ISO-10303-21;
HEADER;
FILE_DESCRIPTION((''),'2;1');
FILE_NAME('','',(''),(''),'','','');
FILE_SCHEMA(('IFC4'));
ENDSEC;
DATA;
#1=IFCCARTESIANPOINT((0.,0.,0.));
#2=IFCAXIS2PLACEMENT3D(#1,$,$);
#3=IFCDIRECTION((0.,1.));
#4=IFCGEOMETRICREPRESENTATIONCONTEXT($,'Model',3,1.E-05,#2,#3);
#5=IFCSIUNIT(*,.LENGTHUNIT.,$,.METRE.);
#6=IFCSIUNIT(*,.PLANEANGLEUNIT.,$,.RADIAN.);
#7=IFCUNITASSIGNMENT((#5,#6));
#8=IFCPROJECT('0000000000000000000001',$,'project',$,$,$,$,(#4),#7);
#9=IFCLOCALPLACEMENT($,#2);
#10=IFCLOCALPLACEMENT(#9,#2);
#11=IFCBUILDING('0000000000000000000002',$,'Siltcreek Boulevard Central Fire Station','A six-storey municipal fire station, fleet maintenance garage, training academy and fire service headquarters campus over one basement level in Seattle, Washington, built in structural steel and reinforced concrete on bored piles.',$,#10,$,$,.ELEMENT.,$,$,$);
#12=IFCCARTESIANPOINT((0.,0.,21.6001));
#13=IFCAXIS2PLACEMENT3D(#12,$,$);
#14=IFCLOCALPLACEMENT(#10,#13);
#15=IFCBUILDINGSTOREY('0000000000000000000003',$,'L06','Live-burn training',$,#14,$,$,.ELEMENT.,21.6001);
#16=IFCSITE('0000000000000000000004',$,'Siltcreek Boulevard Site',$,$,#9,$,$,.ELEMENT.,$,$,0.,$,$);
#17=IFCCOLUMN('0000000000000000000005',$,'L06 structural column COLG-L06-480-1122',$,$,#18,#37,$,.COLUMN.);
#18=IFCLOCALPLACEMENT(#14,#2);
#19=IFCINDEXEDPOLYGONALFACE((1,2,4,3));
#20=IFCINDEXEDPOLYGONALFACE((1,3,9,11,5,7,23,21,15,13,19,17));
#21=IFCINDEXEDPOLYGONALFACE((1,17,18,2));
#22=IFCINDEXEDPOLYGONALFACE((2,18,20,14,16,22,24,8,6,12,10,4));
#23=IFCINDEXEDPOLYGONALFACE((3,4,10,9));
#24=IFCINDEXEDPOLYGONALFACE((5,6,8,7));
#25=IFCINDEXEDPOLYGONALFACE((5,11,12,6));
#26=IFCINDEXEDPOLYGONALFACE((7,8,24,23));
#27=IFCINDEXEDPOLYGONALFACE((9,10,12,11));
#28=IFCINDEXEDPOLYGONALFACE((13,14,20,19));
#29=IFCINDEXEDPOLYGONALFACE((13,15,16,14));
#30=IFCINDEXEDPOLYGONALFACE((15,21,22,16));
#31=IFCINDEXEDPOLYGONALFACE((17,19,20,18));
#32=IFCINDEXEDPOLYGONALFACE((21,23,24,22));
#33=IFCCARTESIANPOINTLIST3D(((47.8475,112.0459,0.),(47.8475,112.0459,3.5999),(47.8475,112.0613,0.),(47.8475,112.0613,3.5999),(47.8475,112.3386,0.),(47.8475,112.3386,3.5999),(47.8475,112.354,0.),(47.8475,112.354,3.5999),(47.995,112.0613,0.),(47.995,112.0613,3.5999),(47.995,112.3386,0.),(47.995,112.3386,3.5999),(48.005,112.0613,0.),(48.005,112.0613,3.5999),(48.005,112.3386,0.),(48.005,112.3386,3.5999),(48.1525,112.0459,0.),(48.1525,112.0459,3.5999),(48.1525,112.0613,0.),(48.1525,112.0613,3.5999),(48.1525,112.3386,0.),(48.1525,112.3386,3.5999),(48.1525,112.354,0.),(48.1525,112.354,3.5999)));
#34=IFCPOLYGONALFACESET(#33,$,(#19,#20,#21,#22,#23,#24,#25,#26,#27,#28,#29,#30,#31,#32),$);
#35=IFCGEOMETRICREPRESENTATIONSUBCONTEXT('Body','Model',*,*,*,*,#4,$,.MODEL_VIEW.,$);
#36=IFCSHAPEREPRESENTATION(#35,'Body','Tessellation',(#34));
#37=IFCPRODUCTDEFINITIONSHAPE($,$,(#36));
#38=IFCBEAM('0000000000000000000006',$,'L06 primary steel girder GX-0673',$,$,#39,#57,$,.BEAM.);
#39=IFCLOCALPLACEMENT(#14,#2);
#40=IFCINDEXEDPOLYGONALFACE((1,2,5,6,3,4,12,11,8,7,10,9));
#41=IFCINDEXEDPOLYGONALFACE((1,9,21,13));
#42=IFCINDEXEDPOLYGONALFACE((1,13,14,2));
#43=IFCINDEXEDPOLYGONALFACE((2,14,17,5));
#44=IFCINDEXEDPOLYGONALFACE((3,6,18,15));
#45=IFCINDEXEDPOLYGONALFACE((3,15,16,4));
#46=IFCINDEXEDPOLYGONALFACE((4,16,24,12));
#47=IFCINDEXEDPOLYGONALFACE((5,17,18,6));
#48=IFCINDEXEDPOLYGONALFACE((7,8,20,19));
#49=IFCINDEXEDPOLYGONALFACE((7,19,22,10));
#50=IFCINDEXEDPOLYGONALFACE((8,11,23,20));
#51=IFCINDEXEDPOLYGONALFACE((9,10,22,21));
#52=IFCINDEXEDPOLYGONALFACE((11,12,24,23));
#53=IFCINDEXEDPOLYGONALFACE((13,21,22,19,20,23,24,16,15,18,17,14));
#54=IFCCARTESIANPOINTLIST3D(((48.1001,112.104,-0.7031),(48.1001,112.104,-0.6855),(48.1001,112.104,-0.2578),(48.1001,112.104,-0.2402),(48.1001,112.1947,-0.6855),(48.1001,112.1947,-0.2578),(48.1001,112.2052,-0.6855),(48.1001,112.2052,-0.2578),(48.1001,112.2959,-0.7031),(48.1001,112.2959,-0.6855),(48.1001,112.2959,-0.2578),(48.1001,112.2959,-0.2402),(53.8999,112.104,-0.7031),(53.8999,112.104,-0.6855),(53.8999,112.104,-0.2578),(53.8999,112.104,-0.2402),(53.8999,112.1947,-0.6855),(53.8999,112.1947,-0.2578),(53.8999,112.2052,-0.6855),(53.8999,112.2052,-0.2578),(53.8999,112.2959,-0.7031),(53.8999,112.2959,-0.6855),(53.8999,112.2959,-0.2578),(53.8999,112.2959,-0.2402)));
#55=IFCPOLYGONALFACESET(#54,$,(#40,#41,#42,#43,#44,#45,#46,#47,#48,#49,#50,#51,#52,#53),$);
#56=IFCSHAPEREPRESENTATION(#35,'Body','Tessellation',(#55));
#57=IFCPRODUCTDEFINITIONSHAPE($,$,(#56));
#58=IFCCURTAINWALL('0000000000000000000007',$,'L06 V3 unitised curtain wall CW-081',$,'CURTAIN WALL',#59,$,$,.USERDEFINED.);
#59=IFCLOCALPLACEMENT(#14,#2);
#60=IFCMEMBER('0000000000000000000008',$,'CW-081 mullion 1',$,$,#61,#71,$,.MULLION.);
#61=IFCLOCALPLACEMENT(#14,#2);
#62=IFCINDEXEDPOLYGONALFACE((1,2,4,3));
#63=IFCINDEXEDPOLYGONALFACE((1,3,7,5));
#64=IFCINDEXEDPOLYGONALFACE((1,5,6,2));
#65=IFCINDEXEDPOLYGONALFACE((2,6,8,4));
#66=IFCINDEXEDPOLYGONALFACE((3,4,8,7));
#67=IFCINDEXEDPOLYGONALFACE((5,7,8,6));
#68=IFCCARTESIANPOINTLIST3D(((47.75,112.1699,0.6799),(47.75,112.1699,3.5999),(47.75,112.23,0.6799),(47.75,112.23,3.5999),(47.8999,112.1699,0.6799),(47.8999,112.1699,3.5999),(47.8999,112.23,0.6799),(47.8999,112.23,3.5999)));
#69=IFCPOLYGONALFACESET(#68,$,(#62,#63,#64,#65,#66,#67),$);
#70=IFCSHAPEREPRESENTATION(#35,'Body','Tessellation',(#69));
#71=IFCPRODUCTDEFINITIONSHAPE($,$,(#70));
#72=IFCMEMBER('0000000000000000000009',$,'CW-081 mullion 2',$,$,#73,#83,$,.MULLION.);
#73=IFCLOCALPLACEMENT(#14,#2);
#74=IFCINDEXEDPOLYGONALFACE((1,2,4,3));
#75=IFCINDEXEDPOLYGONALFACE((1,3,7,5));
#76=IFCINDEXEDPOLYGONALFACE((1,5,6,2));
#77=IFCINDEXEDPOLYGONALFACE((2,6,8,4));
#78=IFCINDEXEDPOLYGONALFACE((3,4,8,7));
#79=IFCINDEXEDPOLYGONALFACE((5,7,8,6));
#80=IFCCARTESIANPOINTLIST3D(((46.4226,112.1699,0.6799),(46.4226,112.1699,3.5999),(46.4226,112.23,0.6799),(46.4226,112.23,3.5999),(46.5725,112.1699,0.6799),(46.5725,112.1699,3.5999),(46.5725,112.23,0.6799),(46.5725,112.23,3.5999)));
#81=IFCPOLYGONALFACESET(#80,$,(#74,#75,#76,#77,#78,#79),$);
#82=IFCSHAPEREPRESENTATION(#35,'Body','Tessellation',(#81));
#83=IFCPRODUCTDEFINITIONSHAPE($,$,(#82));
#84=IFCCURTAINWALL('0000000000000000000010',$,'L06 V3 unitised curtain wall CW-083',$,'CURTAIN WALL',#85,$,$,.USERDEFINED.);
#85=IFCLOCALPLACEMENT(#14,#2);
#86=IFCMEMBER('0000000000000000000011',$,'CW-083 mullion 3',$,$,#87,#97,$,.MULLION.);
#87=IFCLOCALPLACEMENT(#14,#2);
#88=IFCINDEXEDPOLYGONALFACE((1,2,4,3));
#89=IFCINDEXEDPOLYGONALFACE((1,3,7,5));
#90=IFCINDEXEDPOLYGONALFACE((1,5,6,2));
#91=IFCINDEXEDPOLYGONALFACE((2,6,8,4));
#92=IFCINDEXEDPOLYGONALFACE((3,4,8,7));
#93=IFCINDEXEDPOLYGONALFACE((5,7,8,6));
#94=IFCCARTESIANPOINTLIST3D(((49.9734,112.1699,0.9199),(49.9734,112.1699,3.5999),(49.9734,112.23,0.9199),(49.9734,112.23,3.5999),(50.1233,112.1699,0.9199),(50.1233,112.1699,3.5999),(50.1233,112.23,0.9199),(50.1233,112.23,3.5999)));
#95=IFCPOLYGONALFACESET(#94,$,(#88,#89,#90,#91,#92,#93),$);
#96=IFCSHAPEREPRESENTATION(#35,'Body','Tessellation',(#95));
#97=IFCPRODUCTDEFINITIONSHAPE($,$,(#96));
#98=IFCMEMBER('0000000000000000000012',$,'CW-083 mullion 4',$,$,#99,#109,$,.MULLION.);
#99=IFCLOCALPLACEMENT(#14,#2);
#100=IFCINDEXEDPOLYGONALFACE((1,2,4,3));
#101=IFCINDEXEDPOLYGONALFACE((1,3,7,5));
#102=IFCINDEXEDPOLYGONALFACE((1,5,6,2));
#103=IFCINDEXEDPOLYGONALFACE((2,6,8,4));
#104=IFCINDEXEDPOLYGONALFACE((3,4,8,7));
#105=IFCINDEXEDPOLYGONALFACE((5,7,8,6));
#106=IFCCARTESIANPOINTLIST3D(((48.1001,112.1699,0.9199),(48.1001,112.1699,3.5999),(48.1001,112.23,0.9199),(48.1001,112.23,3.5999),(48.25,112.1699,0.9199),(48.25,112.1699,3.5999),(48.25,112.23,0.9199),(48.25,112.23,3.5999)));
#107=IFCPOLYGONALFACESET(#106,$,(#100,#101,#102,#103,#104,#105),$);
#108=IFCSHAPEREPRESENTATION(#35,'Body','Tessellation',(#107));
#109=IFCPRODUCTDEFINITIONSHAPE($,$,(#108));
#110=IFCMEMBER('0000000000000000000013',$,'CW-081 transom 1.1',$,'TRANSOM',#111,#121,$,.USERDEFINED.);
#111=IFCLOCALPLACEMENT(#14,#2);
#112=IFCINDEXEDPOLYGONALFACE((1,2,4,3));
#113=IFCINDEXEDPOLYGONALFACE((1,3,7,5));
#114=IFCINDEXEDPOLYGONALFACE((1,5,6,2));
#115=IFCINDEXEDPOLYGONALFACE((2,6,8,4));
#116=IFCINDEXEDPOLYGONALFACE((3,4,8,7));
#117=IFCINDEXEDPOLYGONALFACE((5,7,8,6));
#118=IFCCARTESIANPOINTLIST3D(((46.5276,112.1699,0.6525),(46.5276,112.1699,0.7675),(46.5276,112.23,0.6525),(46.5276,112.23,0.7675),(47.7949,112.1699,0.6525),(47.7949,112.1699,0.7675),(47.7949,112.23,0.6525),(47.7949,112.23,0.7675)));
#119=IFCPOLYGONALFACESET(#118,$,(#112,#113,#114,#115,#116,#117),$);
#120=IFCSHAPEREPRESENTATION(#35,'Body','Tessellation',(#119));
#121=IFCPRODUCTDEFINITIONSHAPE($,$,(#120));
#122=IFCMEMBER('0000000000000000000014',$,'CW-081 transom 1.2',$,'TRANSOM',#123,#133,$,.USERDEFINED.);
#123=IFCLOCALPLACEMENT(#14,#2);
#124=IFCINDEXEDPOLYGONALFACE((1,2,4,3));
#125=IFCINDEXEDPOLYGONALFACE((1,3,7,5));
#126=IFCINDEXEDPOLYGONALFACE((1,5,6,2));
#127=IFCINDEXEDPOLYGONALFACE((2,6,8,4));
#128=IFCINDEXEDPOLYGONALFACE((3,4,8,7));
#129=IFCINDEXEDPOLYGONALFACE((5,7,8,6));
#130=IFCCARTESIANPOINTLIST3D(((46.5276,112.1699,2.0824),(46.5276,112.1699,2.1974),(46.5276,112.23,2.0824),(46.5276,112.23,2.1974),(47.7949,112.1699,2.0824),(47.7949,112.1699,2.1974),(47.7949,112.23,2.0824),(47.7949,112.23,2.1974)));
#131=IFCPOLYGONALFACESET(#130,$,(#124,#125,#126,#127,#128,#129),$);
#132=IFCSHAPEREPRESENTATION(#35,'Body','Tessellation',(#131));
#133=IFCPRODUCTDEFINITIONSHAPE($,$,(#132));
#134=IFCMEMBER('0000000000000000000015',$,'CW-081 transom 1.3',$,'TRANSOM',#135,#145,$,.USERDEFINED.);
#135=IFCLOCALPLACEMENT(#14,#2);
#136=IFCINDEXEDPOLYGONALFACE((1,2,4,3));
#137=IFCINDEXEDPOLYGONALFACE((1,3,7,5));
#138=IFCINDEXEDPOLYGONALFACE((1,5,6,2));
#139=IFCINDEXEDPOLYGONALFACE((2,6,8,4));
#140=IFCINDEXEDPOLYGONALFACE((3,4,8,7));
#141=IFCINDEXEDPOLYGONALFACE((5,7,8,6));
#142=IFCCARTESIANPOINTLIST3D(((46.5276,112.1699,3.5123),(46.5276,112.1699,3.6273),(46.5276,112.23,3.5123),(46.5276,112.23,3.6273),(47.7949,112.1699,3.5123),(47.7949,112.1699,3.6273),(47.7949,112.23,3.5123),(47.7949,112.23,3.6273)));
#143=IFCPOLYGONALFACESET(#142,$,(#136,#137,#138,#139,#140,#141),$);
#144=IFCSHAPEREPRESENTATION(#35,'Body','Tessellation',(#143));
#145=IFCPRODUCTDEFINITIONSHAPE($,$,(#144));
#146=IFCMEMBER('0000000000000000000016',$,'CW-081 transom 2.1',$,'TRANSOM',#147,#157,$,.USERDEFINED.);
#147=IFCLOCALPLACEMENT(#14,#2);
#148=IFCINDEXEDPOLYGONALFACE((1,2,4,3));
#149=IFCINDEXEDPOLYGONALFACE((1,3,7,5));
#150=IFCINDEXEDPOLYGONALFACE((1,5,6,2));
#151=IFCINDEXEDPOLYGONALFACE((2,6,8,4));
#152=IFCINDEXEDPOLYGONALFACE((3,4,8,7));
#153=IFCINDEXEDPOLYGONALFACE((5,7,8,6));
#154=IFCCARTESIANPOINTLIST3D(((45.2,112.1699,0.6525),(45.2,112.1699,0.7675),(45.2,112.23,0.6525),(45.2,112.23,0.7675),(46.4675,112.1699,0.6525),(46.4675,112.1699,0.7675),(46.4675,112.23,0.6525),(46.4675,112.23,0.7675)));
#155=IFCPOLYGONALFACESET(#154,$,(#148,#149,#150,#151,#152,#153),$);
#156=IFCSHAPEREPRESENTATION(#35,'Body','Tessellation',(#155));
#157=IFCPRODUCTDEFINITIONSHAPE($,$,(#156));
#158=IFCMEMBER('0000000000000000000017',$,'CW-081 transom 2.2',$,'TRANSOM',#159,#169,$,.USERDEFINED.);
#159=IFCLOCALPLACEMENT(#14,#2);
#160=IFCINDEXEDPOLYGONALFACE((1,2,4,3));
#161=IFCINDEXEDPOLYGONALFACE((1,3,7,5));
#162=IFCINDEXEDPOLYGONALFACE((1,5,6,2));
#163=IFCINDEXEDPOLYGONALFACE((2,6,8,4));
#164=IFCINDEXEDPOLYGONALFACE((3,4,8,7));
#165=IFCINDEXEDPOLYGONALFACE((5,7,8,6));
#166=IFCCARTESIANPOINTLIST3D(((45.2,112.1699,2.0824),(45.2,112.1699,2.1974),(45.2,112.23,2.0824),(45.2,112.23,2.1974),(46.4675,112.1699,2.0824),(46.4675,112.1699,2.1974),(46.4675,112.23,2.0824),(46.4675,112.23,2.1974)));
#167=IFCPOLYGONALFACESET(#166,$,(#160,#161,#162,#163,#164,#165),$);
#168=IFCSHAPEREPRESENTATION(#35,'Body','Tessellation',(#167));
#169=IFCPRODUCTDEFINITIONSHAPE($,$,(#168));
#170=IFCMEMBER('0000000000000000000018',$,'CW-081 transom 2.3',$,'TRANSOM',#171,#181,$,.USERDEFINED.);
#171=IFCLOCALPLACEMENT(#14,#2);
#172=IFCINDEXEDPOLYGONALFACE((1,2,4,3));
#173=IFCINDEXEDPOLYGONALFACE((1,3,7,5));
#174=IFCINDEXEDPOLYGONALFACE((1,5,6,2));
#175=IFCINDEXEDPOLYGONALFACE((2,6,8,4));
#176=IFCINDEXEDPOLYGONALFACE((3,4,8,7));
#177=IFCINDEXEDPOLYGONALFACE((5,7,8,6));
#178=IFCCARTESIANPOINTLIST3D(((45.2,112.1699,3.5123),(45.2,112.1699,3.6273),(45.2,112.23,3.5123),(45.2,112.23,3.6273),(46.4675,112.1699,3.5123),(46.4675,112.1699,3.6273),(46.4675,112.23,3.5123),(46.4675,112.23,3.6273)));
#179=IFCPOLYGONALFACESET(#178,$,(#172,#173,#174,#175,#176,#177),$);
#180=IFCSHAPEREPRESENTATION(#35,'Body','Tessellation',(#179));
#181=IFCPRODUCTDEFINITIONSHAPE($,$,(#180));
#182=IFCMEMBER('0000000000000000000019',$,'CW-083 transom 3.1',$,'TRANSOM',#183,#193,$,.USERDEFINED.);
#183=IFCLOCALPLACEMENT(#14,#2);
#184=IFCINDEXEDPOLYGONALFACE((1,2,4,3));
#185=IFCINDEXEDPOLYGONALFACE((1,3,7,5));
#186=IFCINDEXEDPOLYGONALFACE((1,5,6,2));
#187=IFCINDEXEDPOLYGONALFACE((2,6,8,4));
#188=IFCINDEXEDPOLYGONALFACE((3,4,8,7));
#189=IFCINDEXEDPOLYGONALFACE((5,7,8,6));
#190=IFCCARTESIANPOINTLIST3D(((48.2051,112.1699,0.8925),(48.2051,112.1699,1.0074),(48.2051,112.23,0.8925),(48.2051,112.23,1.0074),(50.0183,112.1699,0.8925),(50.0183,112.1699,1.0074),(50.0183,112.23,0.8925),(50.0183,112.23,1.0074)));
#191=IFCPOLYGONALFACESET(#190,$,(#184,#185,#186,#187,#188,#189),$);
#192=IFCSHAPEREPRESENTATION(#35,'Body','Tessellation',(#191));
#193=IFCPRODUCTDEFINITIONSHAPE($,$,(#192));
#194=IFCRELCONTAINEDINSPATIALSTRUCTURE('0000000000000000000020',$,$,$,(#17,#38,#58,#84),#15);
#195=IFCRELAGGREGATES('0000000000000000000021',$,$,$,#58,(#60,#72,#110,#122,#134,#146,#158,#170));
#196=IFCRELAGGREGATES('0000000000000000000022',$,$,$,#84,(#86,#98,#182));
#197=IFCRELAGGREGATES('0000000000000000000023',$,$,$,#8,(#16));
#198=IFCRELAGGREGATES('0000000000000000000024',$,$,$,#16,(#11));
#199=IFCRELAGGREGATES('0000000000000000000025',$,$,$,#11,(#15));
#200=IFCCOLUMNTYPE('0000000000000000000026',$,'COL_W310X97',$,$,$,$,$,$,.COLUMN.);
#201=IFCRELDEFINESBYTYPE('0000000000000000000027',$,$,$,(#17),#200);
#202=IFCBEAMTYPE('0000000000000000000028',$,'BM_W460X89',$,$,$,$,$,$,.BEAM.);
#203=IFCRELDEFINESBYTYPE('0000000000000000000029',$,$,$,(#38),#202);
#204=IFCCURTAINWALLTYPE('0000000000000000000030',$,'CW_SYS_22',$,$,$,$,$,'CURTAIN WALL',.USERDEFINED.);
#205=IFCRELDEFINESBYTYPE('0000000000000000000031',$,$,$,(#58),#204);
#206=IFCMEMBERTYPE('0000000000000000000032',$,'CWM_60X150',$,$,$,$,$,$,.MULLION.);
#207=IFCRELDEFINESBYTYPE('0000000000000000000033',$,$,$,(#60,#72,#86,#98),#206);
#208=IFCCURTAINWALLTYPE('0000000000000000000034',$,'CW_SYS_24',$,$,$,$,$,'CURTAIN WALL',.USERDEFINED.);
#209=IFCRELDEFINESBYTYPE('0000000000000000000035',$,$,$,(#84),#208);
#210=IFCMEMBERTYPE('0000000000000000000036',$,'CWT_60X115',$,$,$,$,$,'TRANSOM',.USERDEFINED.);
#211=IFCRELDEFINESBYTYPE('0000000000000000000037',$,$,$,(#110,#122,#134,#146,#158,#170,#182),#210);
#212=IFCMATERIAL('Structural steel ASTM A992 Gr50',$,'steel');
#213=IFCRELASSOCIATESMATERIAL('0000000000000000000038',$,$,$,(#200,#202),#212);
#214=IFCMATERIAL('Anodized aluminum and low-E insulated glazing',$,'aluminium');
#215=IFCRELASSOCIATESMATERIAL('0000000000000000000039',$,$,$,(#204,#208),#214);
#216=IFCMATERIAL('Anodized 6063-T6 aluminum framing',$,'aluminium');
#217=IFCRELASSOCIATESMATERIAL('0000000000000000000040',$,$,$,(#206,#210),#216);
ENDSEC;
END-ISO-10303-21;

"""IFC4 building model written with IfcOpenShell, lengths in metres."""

from ifc_helpers import new_model, si_unit, direction, frame, origin, origin_2d, place, context, subcontext, project, spatial, rectangle, i_section, extrude, material, material_profile, profile_set, type_object, element, aggregate, save


model = new_model("IFC4")

# Units and contexts
model_context = context("Model", 3, precision=1e-05, world=origin(), true_north=direction((0.0, 1.0)))
body_context = subcontext(model_context, "Body", "Model", "MODEL_VIEW")
ifc_project = project(units=[si_unit("LENGTHUNIT", "METRE"), si_unit("PLANEANGLEUNIT", "RADIAN")], contexts=[model_context])

# Site, building, storey
site_placement = place(None, origin())
site = spatial("IfcSite", under=ifc_project, at=site_placement, Name="Siltcreek Boulevard Site", CompositionType="ELEMENT", RefElevation=0.0)
building_placement = place(site_placement, origin())
building = spatial("IfcBuilding", under=site, at=building_placement, Name="Siltcreek Boulevard Central Fire Station", Description="A six-storey municipal fire station, fleet maintenance garage, training academy and fire service headquarters campus over one basement level in Seattle, Washington, built in structural steel and reinforced concrete on bored piles.", CompositionType="ELEMENT")
storey_placement = place(building_placement, frame((0.0, 0.0, 21.6001)))
storey = spatial("IfcBuildingStorey", under=building, at=storey_placement, Name="L06", Description="Live-burn training", CompositionType="ELEMENT", Elevation=21.6001)

# Column
ifc_material_1 = material(Name="Structural steel ASTM A992 Gr50", Category="steel")
ifc_material_profile_1 = material_profile(ifc_material_1, i_section(OverallWidth=0.3049, OverallDepth=0.3081, WebThickness=0.01, FlangeThickness=0.0154, at=origin_2d()), Name="W310X97")
ifc_profile_set_1 = profile_set([ifc_material_profile_1], Name="Structural steel ASTM A992 Gr50")
column_type = type_object("IfcColumnType", Name="COL_W310X97", PredefinedType="COLUMN", material=ifc_profile_set_1)
column_placement = place(storey_placement, frame((48.0, 112.2, 0.0), z_axis=(0.0, 0.0, 1.0), x_axis=(1.0, 0.0, 0.0)))
element("IfcColumn", 1, at=column_placement, inside=storey, type_object=column_type, Name="L06 structural column COLG-L06-480-1122", PredefinedType="COLUMN", context=body_context, shape_type="SweptSolid", body=[
    extrude(i_section(OverallWidth=0.3049, OverallDepth=0.3081, WebThickness=0.01, FlangeThickness=0.0154, at=origin_2d()), origin(), (0.0, 0.0, 1.0), 3.5999),
])

# Beam
ifc_material_profile_2 = material_profile(ifc_material_1, i_section(OverallWidth=0.1919, OverallDepth=0.4629, WebThickness=0.0105, FlangeThickness=0.0176, at=origin_2d()), Name="W460X89")
ifc_profile_set_2 = profile_set([ifc_material_profile_2], Name="Structural steel ASTM A992 Gr50")
beam_type_1 = type_object("IfcBeamType", Name="BM_W460X89", PredefinedType="BEAM", material=ifc_profile_set_2)
beam_1_placement = place(storey_placement, frame((48.1001, 112.2, -0.4717), z_axis=(1.0, 0.0, 0.0), x_axis=(0.0, 1.0, 0.0)))
element("IfcBeam", 2, at=beam_1_placement, inside=storey, type_object=beam_type_1, Name="L06 primary steel girder GX-0673", PredefinedType="BEAM", context=body_context, shape_type="SweptSolid", body=[
    extrude(i_section(OverallWidth=0.1919, OverallDepth=0.4629, WebThickness=0.0105, FlangeThickness=0.0176, at=origin_2d()), origin(), (0.0, 0.0, 1.0), 5.7998),
])

# Curtain walls, members
ifc_material_2 = material(Name="Anodized aluminum and low-E insulated glazing", Category="aluminium")
curtain_wall_type_1 = type_object("IfcCurtainWallType", Name="CW_SYS_22", ElementType="CURTAIN WALL", PredefinedType="USERDEFINED", material=ifc_material_2)
curtain_wall_1_placement = place(storey_placement, origin())
curtain_wall_1 = element("IfcCurtainWall", 3, at=curtain_wall_1_placement, inside=storey, type_object=curtain_wall_type_1, Name="L06 V3 unitised curtain wall CW-081", ObjectType="CURTAIN WALL", PredefinedType="USERDEFINED")
ifc_material_3 = material(Name="Anodized 6063-T6 aluminum framing", Category="aluminium")
ifc_material_profile_3 = material_profile(ifc_material_3, rectangle(XDim=0.0601, YDim=0.1499, at=origin_2d()), Name="MULL60X150")
ifc_profile_set_3 = profile_set([ifc_material_profile_3], Name="Anodized 6063-T6 aluminum framing")
member_type_1 = type_object("IfcMemberType", Name="CWM_60X150", PredefinedType="MULLION", material=ifc_profile_set_3)
member_1_placement = place(storey_placement, frame((47.825, 112.2, 0.6799), z_axis=(0.0, 0.0, 1.0), x_axis=(0.0, -1.0, 0.0)))
member_1 = element("IfcMember", 4, at=member_1_placement, type_object=member_type_1, Name="CW-081 mullion 1", PredefinedType="MULLION", context=body_context, shape_type="SweptSolid", body=[
    extrude(rectangle(XDim=0.0601, YDim=0.1499, at=origin_2d()), origin(), (0.0, 0.0, 1.0), 2.9199),
])
member_2_placement = place(storey_placement, frame((46.4976, 112.2, 0.6799), z_axis=(0.0, 0.0, 1.0), x_axis=(0.0, -1.0, 0.0)))
member_2 = element("IfcMember", 5, at=member_2_placement, type_object=member_type_1, Name="CW-081 mullion 2", PredefinedType="MULLION", context=body_context, shape_type="SweptSolid", body=[
    extrude(rectangle(XDim=0.0601, YDim=0.1499, at=origin_2d()), origin(), (0.0, 0.0, 1.0), 2.9199),
])
curtain_wall_type_2 = type_object("IfcCurtainWallType", Name="CW_SYS_24", ElementType="CURTAIN WALL", PredefinedType="USERDEFINED", material=ifc_material_2)
curtain_wall_2_placement = place(storey_placement, origin())
curtain_wall_2 = element("IfcCurtainWall", 6, at=curtain_wall_2_placement, inside=storey, type_object=curtain_wall_type_2, Name="L06 V3 unitised curtain wall CW-083", ObjectType="CURTAIN WALL", PredefinedType="USERDEFINED")
member_3_placement = place(storey_placement, frame((50.0483, 112.2, 0.9199), z_axis=(0.0, 0.0, 1.0), x_axis=(0.0, -1.0, 0.0)))
member_3 = element("IfcMember", 7, at=member_3_placement, type_object=member_type_1, Name="CW-083 mullion 3", PredefinedType="MULLION", context=body_context, shape_type="SweptSolid", body=[
    extrude(rectangle(XDim=0.0601, YDim=0.1499, at=origin_2d()), origin(), (0.0, 0.0, 1.0), 2.6799),
])
member_4_placement = place(storey_placement, frame((48.175, 112.2, 0.9199), z_axis=(0.0, 0.0, 1.0), x_axis=(0.0, -1.0, 0.0)))
member_4 = element("IfcMember", 8, at=member_4_placement, type_object=member_type_1, Name="CW-083 mullion 4", PredefinedType="MULLION", context=body_context, shape_type="SweptSolid", body=[
    extrude(rectangle(XDim=0.0601, YDim=0.1499, at=origin_2d()), origin(), (0.0, 0.0, 1.0), 2.6799),
])

# Members
ifc_material_profile_4 = material_profile(ifc_material_3, rectangle(XDim=0.0601, YDim=0.115, at=origin_2d()), Name="TRAN60X115")
ifc_profile_set_4 = profile_set([ifc_material_profile_4], Name="Anodized 6063-T6 aluminum framing")
member_type_2 = type_object("IfcMemberType", Name="CWT_60X115", ElementType="TRANSOM", PredefinedType="USERDEFINED", material=ifc_profile_set_4)
member_5_placement = place(storey_placement, frame((47.7949, 112.2, 0.71), z_axis=(-1.0, 0.0, 0.0), x_axis=(0.0, -1.0, 0.0)))
member_5 = element("IfcMember", 9, at=member_5_placement, type_object=member_type_2, Name="CW-081 transom 1.1", ObjectType="TRANSOM", PredefinedType="USERDEFINED", context=body_context, shape_type="SweptSolid", body=[
    extrude(rectangle(XDim=0.0601, YDim=0.115, at=origin_2d()), origin(), (0.0, 0.0, 1.0), 1.2673),
])
member_6_placement = place(storey_placement, frame((47.7949, 112.2, 2.1399), z_axis=(-1.0, 0.0, 0.0), x_axis=(0.0, -1.0, 0.0)))
member_6 = element("IfcMember", 10, at=member_6_placement, type_object=member_type_2, Name="CW-081 transom 1.2", ObjectType="TRANSOM", PredefinedType="USERDEFINED", context=body_context, shape_type="SweptSolid", body=[
    extrude(rectangle(XDim=0.0601, YDim=0.115, at=origin_2d()), origin(), (0.0, 0.0, 1.0), 1.2673),
])
member_7_placement = place(storey_placement, frame((47.7949, 112.2, 3.5698), z_axis=(-1.0, 0.0, 0.0), x_axis=(0.0, -1.0, 0.0)))
member_7 = element("IfcMember", 11, at=member_7_placement, type_object=member_type_2, Name="CW-081 transom 1.3", ObjectType="TRANSOM", PredefinedType="USERDEFINED", context=body_context, shape_type="SweptSolid", body=[
    extrude(rectangle(XDim=0.0601, YDim=0.115, at=origin_2d()), origin(), (0.0, 0.0, 1.0), 1.2673),
])
member_8_placement = place(storey_placement, frame((46.4675, 112.2, 0.71), z_axis=(-1.0, 0.0, 0.0), x_axis=(0.0, -1.0, 0.0)))
member_8 = element("IfcMember", 12, at=member_8_placement, type_object=member_type_2, Name="CW-081 transom 2.1", ObjectType="TRANSOM", PredefinedType="USERDEFINED", context=body_context, shape_type="SweptSolid", body=[
    extrude(rectangle(XDim=0.0601, YDim=0.115, at=origin_2d()), origin(), (0.0, 0.0, 1.0), 1.2676),
])
member_9_placement = place(storey_placement, frame((46.4675, 112.2, 2.1399), z_axis=(-1.0, 0.0, 0.0), x_axis=(0.0, -1.0, 0.0)))
member_9 = element("IfcMember", 13, at=member_9_placement, type_object=member_type_2, Name="CW-081 transom 2.2", ObjectType="TRANSOM", PredefinedType="USERDEFINED", context=body_context, shape_type="SweptSolid", body=[
    extrude(rectangle(XDim=0.0601, YDim=0.115, at=origin_2d()), origin(), (0.0, 0.0, 1.0), 1.2676),
])
member_10_placement = place(storey_placement, frame((46.4675, 112.2, 3.5698), z_axis=(-1.0, 0.0, 0.0), x_axis=(0.0, -1.0, 0.0)))
member_10 = element("IfcMember", 14, at=member_10_placement, type_object=member_type_2, Name="CW-081 transom 2.3", ObjectType="TRANSOM", PredefinedType="USERDEFINED", context=body_context, shape_type="SweptSolid", body=[
    extrude(rectangle(XDim=0.0601, YDim=0.115, at=origin_2d()), origin(), (0.0, 0.0, 1.0), 1.2676),
])
member_11_placement = place(storey_placement, frame((50.0183, 112.2, 0.95), z_axis=(-1.0, 0.0, 0.0), x_axis=(0.0, -1.0, 0.0)))
member_11 = element("IfcMember", 15, at=member_11_placement, type_object=member_type_2, Name="CW-083 transom 3.1", ObjectType="TRANSOM", PredefinedType="USERDEFINED", context=body_context, shape_type="SweptSolid", body=[
    extrude(rectangle(XDim=0.0601, YDim=0.115, at=origin_2d()), origin(), (0.0, 0.0, 1.0), 1.8132),
])

aggregate(curtain_wall_1, [member_1, member_2, member_5, member_6, member_7, member_8, member_9, member_10])
aggregate(curtain_wall_2, [member_3, member_4, member_11])

save(model, "model.ifc")
